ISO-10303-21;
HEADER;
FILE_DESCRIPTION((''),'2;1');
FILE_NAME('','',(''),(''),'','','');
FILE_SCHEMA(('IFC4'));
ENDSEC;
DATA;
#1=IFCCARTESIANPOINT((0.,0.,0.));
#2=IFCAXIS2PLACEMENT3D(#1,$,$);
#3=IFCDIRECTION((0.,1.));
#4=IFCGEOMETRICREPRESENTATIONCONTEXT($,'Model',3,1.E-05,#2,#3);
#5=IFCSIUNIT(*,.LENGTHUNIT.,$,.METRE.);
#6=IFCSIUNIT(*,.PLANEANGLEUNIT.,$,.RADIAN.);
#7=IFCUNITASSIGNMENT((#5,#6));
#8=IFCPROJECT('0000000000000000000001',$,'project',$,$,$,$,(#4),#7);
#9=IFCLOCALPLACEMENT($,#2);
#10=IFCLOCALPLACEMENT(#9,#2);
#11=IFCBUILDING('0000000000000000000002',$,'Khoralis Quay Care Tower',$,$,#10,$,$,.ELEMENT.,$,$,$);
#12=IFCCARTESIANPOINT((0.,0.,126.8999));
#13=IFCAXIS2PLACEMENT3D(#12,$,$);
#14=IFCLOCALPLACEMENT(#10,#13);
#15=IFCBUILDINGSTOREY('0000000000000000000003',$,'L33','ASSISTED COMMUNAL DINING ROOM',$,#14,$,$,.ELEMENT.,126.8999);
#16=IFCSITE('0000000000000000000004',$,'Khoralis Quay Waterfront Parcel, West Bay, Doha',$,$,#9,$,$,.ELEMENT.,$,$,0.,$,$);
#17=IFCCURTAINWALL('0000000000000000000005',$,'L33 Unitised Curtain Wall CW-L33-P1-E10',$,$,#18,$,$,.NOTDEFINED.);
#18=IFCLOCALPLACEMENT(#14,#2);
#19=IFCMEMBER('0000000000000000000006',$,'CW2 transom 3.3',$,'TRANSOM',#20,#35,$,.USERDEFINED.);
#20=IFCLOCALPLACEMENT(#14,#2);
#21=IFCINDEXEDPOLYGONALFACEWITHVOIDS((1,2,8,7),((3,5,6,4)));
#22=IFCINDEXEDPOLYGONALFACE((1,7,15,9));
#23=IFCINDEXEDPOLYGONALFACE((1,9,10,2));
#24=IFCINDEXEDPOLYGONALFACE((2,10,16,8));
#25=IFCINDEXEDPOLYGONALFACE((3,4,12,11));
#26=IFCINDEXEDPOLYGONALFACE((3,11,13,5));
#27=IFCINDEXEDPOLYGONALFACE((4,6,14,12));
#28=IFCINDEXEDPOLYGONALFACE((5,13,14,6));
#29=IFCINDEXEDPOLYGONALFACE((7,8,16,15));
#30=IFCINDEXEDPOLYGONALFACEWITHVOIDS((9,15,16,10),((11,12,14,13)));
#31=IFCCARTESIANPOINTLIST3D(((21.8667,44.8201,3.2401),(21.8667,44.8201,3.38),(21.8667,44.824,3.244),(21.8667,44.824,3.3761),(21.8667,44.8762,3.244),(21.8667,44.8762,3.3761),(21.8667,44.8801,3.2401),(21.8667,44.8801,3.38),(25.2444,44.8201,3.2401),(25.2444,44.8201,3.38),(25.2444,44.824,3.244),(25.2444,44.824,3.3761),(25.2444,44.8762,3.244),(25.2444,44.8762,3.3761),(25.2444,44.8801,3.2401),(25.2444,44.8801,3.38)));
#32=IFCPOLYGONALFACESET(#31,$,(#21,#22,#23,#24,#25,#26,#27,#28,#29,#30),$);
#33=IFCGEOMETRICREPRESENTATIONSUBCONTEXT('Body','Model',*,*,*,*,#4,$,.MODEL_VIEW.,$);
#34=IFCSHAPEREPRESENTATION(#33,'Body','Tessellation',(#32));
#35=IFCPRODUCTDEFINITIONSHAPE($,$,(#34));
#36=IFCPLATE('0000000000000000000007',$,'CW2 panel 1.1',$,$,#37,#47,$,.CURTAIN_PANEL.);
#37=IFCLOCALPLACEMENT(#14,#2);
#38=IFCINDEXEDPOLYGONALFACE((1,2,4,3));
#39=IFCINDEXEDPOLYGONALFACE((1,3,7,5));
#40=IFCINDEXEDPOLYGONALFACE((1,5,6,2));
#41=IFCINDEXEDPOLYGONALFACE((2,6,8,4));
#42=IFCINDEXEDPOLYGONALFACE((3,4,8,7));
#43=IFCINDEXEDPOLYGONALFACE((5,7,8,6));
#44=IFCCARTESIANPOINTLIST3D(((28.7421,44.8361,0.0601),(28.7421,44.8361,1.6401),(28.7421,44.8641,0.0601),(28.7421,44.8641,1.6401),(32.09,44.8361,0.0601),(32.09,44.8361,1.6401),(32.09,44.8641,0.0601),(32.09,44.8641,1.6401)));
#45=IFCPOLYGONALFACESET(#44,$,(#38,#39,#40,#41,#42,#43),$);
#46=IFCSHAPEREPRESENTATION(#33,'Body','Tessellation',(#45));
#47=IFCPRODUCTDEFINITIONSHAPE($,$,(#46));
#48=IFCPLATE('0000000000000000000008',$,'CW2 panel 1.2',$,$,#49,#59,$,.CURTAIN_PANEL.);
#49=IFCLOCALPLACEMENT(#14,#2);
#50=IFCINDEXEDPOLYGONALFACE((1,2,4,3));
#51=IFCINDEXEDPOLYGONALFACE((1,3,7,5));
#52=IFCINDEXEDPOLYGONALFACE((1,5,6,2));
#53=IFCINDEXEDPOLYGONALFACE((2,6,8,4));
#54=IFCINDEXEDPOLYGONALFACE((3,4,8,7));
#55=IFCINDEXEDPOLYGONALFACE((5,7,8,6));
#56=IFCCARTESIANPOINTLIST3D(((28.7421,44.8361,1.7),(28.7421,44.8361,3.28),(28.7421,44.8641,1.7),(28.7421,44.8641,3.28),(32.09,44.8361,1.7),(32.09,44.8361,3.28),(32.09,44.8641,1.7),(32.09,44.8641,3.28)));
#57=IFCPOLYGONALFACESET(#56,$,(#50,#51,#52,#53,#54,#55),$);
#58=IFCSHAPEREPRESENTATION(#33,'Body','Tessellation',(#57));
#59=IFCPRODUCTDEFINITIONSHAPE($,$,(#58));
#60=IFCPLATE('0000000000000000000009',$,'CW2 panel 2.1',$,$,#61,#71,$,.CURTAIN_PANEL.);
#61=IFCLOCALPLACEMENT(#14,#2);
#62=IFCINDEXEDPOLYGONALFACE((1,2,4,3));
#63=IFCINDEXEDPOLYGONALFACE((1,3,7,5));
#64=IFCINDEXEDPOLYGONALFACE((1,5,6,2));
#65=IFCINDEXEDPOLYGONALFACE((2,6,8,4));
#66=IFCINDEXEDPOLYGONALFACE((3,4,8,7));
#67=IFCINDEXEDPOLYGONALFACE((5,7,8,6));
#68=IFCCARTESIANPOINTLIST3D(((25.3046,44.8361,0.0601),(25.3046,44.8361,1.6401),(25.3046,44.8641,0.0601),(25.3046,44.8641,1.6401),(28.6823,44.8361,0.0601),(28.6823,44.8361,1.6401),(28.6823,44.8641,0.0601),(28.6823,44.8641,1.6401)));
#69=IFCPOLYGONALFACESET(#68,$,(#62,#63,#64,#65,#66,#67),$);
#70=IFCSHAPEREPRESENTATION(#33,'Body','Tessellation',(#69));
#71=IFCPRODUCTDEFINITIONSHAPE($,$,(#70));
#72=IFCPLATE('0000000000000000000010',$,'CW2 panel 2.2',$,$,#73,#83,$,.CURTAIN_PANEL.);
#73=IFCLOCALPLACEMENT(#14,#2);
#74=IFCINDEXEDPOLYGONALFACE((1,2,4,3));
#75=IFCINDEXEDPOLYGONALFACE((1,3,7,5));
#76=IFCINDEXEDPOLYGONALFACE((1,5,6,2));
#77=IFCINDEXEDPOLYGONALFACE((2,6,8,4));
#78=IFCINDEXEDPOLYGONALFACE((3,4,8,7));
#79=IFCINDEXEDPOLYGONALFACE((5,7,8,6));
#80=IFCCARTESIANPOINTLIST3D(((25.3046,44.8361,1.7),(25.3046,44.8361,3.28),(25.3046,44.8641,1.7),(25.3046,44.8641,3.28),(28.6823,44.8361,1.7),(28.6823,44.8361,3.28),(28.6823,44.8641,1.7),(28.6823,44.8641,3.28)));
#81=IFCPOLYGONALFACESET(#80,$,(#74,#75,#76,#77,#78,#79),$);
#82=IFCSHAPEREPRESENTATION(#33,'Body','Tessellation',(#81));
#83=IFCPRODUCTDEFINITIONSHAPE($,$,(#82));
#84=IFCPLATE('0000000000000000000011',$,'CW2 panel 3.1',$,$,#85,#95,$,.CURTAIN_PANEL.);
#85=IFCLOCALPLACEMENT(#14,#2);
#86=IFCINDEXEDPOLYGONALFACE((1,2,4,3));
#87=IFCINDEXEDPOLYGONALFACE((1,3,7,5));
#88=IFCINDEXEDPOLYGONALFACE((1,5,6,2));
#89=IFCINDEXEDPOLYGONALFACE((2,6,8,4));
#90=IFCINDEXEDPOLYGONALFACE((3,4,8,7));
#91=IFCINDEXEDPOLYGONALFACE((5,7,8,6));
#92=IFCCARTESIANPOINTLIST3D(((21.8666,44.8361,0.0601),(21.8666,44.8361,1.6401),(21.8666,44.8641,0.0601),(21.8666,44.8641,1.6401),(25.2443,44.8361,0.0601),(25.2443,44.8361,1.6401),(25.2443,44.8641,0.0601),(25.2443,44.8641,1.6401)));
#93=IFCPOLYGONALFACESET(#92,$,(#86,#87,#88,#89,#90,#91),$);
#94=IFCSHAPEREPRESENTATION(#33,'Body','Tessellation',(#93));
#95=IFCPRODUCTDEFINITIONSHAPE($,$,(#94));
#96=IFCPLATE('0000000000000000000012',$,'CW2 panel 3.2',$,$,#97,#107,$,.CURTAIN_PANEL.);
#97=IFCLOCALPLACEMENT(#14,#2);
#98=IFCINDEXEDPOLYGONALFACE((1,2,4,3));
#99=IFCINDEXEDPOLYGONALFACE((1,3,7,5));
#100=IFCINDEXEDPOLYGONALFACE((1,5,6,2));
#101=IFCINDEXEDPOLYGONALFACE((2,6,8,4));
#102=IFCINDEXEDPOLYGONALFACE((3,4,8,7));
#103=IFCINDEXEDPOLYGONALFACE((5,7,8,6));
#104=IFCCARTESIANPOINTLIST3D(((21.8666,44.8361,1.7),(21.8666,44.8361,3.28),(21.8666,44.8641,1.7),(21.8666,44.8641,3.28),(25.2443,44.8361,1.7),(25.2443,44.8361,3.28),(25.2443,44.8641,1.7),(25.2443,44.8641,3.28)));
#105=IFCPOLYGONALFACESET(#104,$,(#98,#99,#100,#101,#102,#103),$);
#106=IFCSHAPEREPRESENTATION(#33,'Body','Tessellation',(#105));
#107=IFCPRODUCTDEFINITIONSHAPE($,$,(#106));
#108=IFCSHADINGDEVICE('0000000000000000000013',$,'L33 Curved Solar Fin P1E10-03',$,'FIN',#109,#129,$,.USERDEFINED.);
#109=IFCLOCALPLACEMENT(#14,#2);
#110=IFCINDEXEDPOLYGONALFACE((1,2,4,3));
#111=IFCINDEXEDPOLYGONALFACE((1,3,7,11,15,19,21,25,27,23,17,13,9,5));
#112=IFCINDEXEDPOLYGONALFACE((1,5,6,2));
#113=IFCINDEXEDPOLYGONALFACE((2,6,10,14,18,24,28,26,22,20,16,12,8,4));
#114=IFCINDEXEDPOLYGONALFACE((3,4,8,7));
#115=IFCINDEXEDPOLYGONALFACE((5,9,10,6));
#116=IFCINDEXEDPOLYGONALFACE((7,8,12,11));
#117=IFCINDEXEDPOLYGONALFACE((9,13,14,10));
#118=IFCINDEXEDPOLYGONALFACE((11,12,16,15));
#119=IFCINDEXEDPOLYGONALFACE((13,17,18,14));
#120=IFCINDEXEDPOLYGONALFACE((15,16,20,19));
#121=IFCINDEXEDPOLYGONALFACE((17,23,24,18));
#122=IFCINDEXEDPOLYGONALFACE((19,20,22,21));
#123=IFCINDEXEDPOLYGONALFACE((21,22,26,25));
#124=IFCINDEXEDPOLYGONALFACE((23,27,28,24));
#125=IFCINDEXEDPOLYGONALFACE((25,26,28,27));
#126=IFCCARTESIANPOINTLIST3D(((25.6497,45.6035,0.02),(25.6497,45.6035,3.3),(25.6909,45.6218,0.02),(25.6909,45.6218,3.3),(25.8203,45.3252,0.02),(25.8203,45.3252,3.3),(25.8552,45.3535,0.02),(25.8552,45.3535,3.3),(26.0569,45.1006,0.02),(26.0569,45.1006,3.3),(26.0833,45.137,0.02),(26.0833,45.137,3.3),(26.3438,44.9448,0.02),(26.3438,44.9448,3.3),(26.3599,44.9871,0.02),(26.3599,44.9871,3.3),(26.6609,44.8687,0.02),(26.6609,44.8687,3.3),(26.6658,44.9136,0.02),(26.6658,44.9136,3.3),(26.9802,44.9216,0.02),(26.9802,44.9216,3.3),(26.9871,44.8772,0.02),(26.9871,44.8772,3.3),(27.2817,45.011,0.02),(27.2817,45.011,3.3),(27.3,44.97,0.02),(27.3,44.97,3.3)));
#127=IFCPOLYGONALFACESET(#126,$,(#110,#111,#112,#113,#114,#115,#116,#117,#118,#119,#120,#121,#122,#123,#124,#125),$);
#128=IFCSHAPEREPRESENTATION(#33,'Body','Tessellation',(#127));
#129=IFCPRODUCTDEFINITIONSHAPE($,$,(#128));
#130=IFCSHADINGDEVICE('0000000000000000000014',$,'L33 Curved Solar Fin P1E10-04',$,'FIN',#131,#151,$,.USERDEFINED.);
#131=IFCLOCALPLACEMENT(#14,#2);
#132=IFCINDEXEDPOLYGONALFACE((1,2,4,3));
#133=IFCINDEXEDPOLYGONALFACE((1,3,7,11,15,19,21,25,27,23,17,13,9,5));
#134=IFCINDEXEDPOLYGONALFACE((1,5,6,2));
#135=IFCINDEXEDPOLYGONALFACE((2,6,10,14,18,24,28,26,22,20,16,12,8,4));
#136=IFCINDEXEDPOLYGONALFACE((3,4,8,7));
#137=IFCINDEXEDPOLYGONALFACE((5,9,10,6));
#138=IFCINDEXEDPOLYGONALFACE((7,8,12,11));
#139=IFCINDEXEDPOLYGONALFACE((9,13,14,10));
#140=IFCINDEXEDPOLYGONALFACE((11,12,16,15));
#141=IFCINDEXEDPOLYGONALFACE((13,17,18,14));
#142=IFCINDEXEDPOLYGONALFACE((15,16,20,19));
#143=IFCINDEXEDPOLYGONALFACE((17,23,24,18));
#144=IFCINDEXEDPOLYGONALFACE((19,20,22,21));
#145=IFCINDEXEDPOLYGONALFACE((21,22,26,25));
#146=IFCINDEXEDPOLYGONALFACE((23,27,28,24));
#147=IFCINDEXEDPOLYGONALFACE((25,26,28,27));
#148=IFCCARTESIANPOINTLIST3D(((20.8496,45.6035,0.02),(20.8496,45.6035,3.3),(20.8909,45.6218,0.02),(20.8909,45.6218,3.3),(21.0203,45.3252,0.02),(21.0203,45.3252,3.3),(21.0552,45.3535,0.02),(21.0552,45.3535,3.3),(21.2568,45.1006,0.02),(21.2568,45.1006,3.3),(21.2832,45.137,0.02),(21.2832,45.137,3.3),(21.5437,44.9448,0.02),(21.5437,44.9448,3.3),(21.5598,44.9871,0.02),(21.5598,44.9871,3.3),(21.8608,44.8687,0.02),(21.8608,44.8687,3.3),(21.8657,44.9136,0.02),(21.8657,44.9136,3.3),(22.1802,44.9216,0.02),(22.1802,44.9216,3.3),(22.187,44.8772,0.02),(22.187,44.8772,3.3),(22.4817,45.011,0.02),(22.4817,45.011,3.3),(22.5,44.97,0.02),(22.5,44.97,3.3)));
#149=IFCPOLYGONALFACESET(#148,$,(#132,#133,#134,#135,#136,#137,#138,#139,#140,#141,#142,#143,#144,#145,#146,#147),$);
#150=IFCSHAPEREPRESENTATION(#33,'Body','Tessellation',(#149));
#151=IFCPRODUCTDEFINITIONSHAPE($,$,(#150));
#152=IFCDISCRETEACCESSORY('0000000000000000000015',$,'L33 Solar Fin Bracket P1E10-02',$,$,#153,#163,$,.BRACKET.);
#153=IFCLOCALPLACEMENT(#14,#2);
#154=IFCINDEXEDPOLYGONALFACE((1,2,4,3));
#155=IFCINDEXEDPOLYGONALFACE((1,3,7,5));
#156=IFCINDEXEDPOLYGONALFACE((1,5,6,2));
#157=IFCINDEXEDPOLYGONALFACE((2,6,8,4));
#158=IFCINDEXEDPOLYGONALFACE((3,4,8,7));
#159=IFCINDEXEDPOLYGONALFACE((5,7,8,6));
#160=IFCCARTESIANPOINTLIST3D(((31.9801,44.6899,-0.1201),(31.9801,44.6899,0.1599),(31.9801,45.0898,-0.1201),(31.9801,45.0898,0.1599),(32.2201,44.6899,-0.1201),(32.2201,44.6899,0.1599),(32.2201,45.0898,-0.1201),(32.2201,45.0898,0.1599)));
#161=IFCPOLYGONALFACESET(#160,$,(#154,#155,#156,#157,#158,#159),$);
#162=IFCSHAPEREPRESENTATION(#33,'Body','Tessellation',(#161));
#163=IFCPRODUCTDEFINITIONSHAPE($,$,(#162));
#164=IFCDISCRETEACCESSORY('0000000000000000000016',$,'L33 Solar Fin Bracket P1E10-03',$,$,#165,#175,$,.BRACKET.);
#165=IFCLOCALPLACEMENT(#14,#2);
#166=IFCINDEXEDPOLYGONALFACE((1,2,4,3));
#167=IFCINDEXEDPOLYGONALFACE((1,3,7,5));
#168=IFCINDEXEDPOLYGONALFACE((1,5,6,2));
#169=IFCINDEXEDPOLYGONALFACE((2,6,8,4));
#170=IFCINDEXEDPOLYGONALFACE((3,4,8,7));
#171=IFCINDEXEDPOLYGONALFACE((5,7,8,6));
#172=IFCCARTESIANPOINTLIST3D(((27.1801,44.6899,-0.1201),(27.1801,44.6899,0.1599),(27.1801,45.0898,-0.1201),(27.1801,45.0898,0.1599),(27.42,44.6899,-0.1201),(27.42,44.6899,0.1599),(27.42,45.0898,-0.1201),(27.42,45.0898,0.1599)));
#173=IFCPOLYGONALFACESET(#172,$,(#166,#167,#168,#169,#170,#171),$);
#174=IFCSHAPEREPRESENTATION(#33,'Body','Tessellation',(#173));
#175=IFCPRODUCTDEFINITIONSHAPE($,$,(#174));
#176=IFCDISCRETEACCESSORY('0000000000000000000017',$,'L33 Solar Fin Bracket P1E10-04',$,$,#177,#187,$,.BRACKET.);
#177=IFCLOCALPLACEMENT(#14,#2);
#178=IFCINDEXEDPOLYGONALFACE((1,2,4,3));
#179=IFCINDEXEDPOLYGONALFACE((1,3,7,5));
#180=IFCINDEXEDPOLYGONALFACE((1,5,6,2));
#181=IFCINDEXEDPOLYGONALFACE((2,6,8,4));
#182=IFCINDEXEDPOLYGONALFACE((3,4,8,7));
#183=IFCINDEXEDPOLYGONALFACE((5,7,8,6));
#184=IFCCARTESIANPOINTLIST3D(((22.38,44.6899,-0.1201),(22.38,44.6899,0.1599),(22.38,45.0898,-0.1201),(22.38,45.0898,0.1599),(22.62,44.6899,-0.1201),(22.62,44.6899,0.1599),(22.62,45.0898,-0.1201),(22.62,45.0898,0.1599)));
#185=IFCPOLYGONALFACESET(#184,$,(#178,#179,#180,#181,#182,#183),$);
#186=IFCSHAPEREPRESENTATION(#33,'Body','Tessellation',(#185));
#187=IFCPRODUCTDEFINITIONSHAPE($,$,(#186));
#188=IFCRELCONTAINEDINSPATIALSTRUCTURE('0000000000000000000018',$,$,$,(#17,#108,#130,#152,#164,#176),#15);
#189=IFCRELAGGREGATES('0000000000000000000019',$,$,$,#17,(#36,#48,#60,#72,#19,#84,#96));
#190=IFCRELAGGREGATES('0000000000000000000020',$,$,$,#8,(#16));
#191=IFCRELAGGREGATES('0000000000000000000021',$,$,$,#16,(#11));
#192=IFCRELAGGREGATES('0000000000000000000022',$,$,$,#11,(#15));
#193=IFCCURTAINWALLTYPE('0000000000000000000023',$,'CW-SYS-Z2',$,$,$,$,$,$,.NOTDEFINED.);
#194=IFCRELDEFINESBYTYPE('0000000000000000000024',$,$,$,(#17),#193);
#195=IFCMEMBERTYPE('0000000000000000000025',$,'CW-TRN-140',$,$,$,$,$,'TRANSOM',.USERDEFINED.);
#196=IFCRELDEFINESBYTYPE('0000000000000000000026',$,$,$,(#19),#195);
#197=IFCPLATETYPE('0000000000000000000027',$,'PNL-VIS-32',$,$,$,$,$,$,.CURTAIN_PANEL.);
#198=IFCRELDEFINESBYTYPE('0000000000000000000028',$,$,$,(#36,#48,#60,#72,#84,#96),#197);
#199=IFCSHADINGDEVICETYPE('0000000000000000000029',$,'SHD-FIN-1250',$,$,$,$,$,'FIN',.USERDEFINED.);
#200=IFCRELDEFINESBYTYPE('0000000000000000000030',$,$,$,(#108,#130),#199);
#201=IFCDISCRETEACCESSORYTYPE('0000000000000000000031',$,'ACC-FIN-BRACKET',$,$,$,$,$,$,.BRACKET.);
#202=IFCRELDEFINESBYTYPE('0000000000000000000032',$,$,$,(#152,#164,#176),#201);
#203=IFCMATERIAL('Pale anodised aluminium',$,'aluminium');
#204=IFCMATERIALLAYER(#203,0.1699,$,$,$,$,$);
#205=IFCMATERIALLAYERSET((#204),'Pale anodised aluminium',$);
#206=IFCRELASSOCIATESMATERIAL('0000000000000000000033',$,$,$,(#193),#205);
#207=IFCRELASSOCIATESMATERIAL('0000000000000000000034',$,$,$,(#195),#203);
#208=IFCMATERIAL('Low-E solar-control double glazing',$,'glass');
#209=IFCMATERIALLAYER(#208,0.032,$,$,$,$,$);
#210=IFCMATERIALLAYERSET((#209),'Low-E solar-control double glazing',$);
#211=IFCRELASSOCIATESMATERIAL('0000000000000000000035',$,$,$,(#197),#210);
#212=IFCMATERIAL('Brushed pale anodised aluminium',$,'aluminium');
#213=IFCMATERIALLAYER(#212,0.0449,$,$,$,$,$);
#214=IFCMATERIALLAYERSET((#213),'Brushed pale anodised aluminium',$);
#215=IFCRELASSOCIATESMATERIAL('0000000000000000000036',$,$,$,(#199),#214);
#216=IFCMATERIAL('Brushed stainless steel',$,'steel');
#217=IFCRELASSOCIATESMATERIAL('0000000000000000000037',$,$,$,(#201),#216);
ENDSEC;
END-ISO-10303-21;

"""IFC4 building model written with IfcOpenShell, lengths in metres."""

from ifc_helpers import new_model, si_unit, direction, frame, origin, origin_2d, place, context, subcontext, project, spatial, polyline, rectangle, hollow_rectangle, outline, extrude, source, transform, mapped, material, layer, layer_set, material_profile, profile_set, type_object, element, aggregate, save


model = new_model("IFC4")

# Units and contexts
model_context = context("Model", 3, precision=1e-05, world=origin(), true_north=direction((0.0, 1.0)))
body_context = subcontext(model_context, "Body", "Model", "MODEL_VIEW")
ifc_project = project(units=[si_unit("LENGTHUNIT", "METRE"), si_unit("PLANEANGLEUNIT", "RADIAN")], contexts=[model_context])

# Site, building, storey
site_placement = place(None, origin())
site = spatial("IfcSite", under=ifc_project, at=site_placement, Name="Khoralis Quay Waterfront Parcel, West Bay, Doha", CompositionType="ELEMENT", RefElevation=0.0)
building_placement = place(site_placement, origin())
building = spatial("IfcBuilding", under=site, at=building_placement, Name="Khoralis Quay Care Tower", CompositionType="ELEMENT")
storey_placement = place(building_placement, frame((0.0, 0.0, 126.8999)))
storey = spatial("IfcBuildingStorey", under=building, at=storey_placement, Name="L33", Description="ASSISTED COMMUNAL DINING ROOM", CompositionType="ELEMENT", Elevation=126.8999)

# Curtain wall, member, plates
ifc_material_1 = material(Name="Pale anodised aluminium", Category="aluminium")
ifc_layer_1 = layer(ifc_material_1, 0.1699)
ifc_layer_set_1 = layer_set([ifc_layer_1], Name="Pale anodised aluminium")
curtain_wall_type = type_object("IfcCurtainWallType", Name="CW-SYS-Z2", PredefinedType="NOTDEFINED", material=ifc_layer_set_1)
curtain_wall_placement = place(storey_placement, origin())
curtain_wall = element("IfcCurtainWall", 1, at=curtain_wall_placement, inside=storey, type_object=curtain_wall_type, Name="L33 Unitised Curtain Wall CW-L33-P1-E10", PredefinedType="NOTDEFINED")
ifc_material_profile_1 = material_profile(ifc_material_1, hollow_rectangle(XDim=0.0601, YDim=0.1399, WallThickness=0.0039, at=origin_2d()), Name="Pale anodised aluminium")
ifc_profile_set_1 = profile_set([ifc_material_profile_1], Name="Pale anodised aluminium")
member_type_1 = type_object("IfcMemberType", Name="CW-TRN-140", ElementType="TRANSOM", PredefinedType="USERDEFINED", material=ifc_profile_set_1)
shared_shape_1 = source(origin(), body_context, "Body", "SweptSolid", [
    extrude(hollow_rectangle(XDim=0.0601, YDim=0.1399, WallThickness=0.0039, at=origin_2d()), origin(), (0.0, 0.0, 1.0), 3.3777),
])
member_1_placement = place(storey_placement, frame((25.2444, 44.8501, 3.3101), z_axis=(-1.0, 0.0, 0.0), x_axis=(0.0, -1.0, 0.0)))
member_1 = element("IfcMember", 2, at=member_1_placement, type_object=member_type_1, Name="CW2 transom 3.3", ObjectType="TRANSOM", PredefinedType="USERDEFINED", context=body_context, shape_type="MappedRepresentation", body=[
    mapped(shared_shape_1, transform((0.0, 0.0, 0.0), scale=1.0)),
])
ifc_material_2 = material(Name="Low-E solar-control double glazing", Category="glass")
ifc_layer_2 = layer(ifc_material_2, 0.032)
ifc_layer_set_2 = layer_set([ifc_layer_2], Name="Low-E solar-control double glazing")
plate_type = type_object("IfcPlateType", Name="PNL-VIS-32", PredefinedType="CURTAIN_PANEL", material=ifc_layer_set_2)
shared_shape_2 = source(origin(), body_context, "Body", "SweptSolid", [
    extrude(rectangle(XDim=3.3479, YDim=0.0281, at=origin_2d()), origin(), (0.0, 0.0, 1.0), 1.5801),
])
plate_1_placement = place(storey_placement, frame((30.416, 44.8501, 0.0601), z_axis=(0.0, 0.0, 1.0), x_axis=(-1.0, 0.0, 0.0)))
plate_1 = element("IfcPlate", 3, at=plate_1_placement, type_object=plate_type, Name="CW2 panel 1.1", PredefinedType="CURTAIN_PANEL", context=body_context, shape_type="MappedRepresentation", body=[
    mapped(shared_shape_2, transform((0.0, 0.0, 0.0), scale=1.0)),
])
plate_2_placement = place(storey_placement, frame((30.416, 44.8501, 1.7), z_axis=(0.0, 0.0, 1.0), x_axis=(-1.0, 0.0, 0.0)))
plate_2 = element("IfcPlate", 4, at=plate_2_placement, type_object=plate_type, Name="CW2 panel 1.2", PredefinedType="CURTAIN_PANEL", context=body_context, shape_type="MappedRepresentation", body=[
    mapped(shared_shape_2, transform((0.0, 0.0, 0.0), scale=1.0)),
])
shared_shape_3 = source(origin(), body_context, "Body", "SweptSolid", [
    extrude(rectangle(XDim=3.3777, YDim=0.0281, at=origin_2d()), origin(), (0.0, 0.0, 1.0), 1.5801),
])
plate_3_placement = place(storey_placement, frame((26.9934, 44.8501, 0.0601), z_axis=(0.0, 0.0, 1.0), x_axis=(-1.0, 0.0, 0.0)))
plate_3 = element("IfcPlate", 5, at=plate_3_placement, type_object=plate_type, Name="CW2 panel 2.1", PredefinedType="CURTAIN_PANEL", context=body_context, shape_type="MappedRepresentation", body=[
    mapped(shared_shape_3, transform((0.0, 0.0, 0.0), scale=1.0)),
])
plate_4_placement = place(storey_placement, frame((26.9934, 44.8501, 1.7), z_axis=(0.0, 0.0, 1.0), x_axis=(-1.0, 0.0, 0.0)))
plate_4 = element("IfcPlate", 6, at=plate_4_placement, type_object=plate_type, Name="CW2 panel 2.2", PredefinedType="CURTAIN_PANEL", context=body_context, shape_type="MappedRepresentation", body=[
    mapped(shared_shape_3, transform((0.0, 0.0, 0.0), scale=1.0)),
])
plate_5_placement = place(storey_placement, frame((23.5554, 44.8501, 0.0601), z_axis=(0.0, 0.0, 1.0), x_axis=(-1.0, 0.0, 0.0)))
plate_5 = element("IfcPlate", 7, at=plate_5_placement, type_object=plate_type, Name="CW2 panel 3.1", PredefinedType="CURTAIN_PANEL", context=body_context, shape_type="MappedRepresentation", body=[
    mapped(shared_shape_3, transform((0.0, 0.0, 0.0), scale=1.0)),
])
plate_6_placement = place(storey_placement, frame((23.5554, 44.8501, 1.7), z_axis=(0.0, 0.0, 1.0), x_axis=(-1.0, 0.0, 0.0)))
plate_6 = element("IfcPlate", 8, at=plate_6_placement, type_object=plate_type, Name="CW2 panel 3.2", PredefinedType="CURTAIN_PANEL", context=body_context, shape_type="MappedRepresentation", body=[
    mapped(shared_shape_3, transform((0.0, 0.0, 0.0), scale=1.0)),
])
aggregate(curtain_wall, [plate_1, plate_2, plate_3, plate_4, member_1, plate_5, plate_6])

# Shading devices
ifc_material_3 = material(Name="Brushed pale anodised aluminium", Category="aluminium")
ifc_layer_3 = layer(ifc_material_3, 0.0449)
ifc_layer_set_3 = layer_set([ifc_layer_3], Name="Brushed pale anodised aluminium")
shading_device_type = type_object("IfcShadingDeviceType", Name="SHD-FIN-1250", ElementType="FIN", PredefinedType="USERDEFINED", material=ifc_layer_set_3)
shared_shape_4 = source(origin(), body_context, "Body", "SweptSolid", [
    extrude(outline(polyline([(0.0, 0.0), (-0.0928, 0.313), (-0.1013, 0.6392), (-0.0251, 0.9563), (0.1306, 1.2432), (0.3552, 1.4797), (0.6335, 1.6504), (0.6519, 1.6091), (0.3835, 1.4448), (0.167, 1.2168), (0.0171, 0.9402), (-0.0564, 0.6343), (-0.0483, 0.3198), (0.041, 0.0183), (0.0, 0.0)])), origin(), (0.0, 0.0, 1.0), 3.28),
])
for number, where, z_axis, x_axis, name in (
    (9, (27.3, 44.97, 0.02), (0.0, 0.0, 1.0), (0.0, 1.0, 0.0), "L33 Curved Solar Fin P1E10-03"),
    (10, (22.5, 44.97, 0.02), (0.0, 0.0, 1.0), (0.0, 1.0, 0.0), "L33 Curved Solar Fin P1E10-04"),
):
    element("IfcShadingDevice", number, at=place(storey_placement, frame(where, z_axis=z_axis, x_axis=x_axis)), inside=storey, type_object=shading_device_type, Name=name, ObjectType="FIN", PredefinedType="USERDEFINED", context=body_context, shape_type="MappedRepresentation", body=[
        mapped(shared_shape_4, transform((0.0, 0.0, 0.0), scale=1.0)),
    ])

# Discrete accessories
ifc_material_4 = material(Name="Brushed stainless steel", Category="steel")
discrete_accessory_type = type_object("IfcDiscreteAccessoryType", Name="ACC-FIN-BRACKET", PredefinedType="BRACKET", material=ifc_material_4)
shared_shape_5 = source(origin(), body_context, "Body", "SweptSolid", [
    extrude(rectangle(XDim=0.3999, YDim=0.24, at=origin_2d()), origin(), (0.0, 0.0, 1.0), 0.28),
])
for number, where, z_axis, x_axis, name in (
    (11, (32.1001, 44.8899, -0.1201), (0.0, 0.0, 1.0), (0.0, 1.0, 0.0), "L33 Solar Fin Bracket P1E10-02"),
    (12, (27.3, 44.8899, -0.1201), (0.0, 0.0, 1.0), (0.0, 1.0, 0.0), "L33 Solar Fin Bracket P1E10-03"),
    (13, (22.5, 44.8899, -0.1201), (0.0, 0.0, 1.0), (0.0, 1.0, 0.0), "L33 Solar Fin Bracket P1E10-04"),
):
    element("IfcDiscreteAccessory", number, at=place(storey_placement, frame(where, z_axis=z_axis, x_axis=x_axis)), inside=storey, type_object=discrete_accessory_type, Name=name, PredefinedType="BRACKET", context=body_context, shape_type="MappedRepresentation", body=[
        mapped(shared_shape_5, transform((0.0, 0.0, 0.0), scale=1.0)),
    ])

save(model, "model.ifc")
